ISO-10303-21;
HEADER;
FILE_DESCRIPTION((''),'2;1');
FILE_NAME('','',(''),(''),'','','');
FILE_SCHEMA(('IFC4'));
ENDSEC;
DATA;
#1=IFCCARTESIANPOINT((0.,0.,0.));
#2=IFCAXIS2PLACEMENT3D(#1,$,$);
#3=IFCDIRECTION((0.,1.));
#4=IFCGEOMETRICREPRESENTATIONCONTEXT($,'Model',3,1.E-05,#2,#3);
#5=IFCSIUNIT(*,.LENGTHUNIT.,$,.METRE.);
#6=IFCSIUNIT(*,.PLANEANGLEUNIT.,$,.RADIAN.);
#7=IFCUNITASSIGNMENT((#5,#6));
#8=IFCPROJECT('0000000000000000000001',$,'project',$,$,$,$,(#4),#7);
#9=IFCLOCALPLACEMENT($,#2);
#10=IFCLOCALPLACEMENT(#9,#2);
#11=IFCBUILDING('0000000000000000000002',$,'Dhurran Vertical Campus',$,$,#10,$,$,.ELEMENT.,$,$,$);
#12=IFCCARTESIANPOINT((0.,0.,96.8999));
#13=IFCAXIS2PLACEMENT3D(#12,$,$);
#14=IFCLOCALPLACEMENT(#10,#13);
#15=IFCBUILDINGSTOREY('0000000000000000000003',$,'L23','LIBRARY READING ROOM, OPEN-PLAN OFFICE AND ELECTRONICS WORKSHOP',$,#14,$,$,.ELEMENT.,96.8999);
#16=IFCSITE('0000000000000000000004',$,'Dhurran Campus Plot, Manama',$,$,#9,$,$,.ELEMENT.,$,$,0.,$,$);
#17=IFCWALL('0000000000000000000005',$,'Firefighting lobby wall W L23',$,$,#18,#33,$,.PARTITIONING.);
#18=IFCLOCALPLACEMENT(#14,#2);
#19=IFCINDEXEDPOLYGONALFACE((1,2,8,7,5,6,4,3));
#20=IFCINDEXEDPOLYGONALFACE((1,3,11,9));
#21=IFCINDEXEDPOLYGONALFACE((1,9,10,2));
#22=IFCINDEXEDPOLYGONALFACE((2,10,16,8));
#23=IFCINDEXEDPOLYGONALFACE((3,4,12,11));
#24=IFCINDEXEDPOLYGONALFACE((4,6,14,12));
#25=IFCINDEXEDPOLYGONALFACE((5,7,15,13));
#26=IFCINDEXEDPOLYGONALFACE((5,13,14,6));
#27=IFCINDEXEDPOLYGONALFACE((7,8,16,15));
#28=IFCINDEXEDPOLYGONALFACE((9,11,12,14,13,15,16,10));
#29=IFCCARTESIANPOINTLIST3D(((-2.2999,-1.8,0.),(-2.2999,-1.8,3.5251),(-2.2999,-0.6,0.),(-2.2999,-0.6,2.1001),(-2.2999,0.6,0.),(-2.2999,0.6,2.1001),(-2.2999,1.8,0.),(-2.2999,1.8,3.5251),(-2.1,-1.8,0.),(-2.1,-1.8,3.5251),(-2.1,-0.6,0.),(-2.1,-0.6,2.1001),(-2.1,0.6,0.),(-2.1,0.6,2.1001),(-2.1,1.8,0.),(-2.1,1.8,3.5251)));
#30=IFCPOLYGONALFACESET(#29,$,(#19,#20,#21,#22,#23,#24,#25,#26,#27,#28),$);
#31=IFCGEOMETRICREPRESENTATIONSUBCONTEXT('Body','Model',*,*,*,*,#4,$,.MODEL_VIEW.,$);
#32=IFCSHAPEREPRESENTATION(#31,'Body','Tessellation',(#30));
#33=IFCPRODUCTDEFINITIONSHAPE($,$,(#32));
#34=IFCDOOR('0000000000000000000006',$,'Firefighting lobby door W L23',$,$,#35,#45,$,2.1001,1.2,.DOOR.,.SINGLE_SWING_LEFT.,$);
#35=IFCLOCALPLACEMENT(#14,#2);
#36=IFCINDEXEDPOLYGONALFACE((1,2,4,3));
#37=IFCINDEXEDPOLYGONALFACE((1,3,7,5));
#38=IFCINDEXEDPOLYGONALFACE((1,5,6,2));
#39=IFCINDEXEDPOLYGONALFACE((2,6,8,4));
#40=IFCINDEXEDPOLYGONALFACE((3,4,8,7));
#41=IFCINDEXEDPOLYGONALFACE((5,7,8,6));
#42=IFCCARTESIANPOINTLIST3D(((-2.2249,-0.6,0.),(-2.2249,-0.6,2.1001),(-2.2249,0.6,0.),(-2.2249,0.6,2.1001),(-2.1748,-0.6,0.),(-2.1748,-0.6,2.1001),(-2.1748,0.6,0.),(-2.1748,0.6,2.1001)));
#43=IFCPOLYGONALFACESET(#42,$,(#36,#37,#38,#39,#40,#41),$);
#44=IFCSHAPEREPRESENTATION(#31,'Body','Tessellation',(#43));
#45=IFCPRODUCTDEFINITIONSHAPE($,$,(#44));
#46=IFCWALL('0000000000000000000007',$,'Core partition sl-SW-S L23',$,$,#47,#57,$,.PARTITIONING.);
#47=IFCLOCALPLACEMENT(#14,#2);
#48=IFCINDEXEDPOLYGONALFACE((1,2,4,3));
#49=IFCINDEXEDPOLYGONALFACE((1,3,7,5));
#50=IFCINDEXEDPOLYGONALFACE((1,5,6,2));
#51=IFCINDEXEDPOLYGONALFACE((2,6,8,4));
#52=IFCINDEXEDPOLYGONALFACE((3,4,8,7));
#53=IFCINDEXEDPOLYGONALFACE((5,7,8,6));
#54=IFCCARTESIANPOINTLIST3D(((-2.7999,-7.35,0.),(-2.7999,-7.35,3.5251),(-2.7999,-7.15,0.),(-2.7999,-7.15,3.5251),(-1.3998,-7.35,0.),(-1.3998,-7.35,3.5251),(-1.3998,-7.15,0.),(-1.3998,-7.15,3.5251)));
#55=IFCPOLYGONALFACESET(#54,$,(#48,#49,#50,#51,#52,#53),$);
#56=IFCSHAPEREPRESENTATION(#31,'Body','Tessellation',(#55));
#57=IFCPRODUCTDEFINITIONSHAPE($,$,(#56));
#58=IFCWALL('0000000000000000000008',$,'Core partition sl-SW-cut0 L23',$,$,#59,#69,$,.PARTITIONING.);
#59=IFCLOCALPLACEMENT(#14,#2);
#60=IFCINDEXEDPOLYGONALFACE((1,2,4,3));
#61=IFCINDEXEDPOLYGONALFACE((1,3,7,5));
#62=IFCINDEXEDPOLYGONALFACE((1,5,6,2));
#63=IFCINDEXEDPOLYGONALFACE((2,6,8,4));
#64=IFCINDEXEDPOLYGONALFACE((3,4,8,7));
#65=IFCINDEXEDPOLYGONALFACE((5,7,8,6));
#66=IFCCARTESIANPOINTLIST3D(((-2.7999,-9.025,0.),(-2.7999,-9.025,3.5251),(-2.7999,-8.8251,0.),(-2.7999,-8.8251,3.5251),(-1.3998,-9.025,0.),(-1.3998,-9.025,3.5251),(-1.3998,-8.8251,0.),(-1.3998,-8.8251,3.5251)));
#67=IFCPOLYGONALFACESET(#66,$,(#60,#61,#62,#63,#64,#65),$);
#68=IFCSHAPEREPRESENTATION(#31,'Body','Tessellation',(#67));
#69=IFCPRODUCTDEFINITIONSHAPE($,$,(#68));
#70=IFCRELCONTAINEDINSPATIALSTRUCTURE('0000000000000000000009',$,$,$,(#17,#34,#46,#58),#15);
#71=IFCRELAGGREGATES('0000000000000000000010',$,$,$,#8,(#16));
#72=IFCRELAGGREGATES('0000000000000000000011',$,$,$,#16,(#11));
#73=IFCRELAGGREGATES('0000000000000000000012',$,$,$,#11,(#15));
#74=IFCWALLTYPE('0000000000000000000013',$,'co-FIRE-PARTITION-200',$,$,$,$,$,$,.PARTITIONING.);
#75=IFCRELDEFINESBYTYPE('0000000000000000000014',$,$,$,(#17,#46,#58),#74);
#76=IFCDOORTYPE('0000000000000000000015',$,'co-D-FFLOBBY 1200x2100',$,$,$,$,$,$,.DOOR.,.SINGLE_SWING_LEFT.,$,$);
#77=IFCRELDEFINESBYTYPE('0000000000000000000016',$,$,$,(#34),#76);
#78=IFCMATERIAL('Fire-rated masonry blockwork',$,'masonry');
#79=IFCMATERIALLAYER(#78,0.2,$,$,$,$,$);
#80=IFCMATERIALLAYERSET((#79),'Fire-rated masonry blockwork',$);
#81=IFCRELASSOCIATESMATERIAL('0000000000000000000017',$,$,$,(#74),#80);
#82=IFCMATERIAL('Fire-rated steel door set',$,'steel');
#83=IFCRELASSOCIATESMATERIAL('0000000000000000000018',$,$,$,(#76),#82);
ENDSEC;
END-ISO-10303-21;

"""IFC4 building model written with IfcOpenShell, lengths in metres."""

from ifc_helpers import new_model, si_unit, direction, frame, frame_2d, origin, place, context, subcontext, project, spatial, rectangle, extrude, material, layer, layer_set, type_object, element, fill, save


model = new_model("IFC4")

# Units and contexts
model_context = context("Model", 3, precision=1e-05, world=origin(), true_north=direction((0.0, 1.0)))
body_context = subcontext(model_context, "Body", "Model", "MODEL_VIEW")
ifc_project = project(units=[si_unit("LENGTHUNIT", "METRE"), si_unit("PLANEANGLEUNIT", "RADIAN")], contexts=[model_context])

# Site, building, storey
site_placement = place(None, origin())
site = spatial("IfcSite", under=ifc_project, at=site_placement, Name="Dhurran Campus Plot, Manama", CompositionType="ELEMENT", RefElevation=0.0)
building_placement = place(site_placement, origin())
building = spatial("IfcBuilding", under=site, at=building_placement, Name="Dhurran Vertical Campus", CompositionType="ELEMENT")
storey_placement = place(building_placement, frame((0.0, 0.0, 96.8999)))
storey = spatial("IfcBuildingStorey", under=building, at=storey_placement, Name="L23", Description="LIBRARY READING ROOM, OPEN-PLAN OFFICE AND ELECTRONICS WORKSHOP", CompositionType="ELEMENT", Elevation=96.8999)

# Wall, opening, door
ifc_material_1 = material(Name="Fire-rated masonry blockwork", Category="masonry")
ifc_layer_1 = layer(ifc_material_1, 0.2)
ifc_layer_set_1 = layer_set([ifc_layer_1], Name="Fire-rated masonry blockwork")
wall_type_1 = type_object("IfcWallType", Name="co-FIRE-PARTITION-200", PredefinedType="PARTITIONING", material=ifc_layer_set_1)
wall_1_placement = place(storey_placement, frame((-2.2, -1.8, 0.0), z_axis=(0.0, 0.0, 1.0), x_axis=(0.0, 1.0, 0.0)))
wall_1 = element("IfcWall", 1, at=wall_1_placement, inside=storey, type_object=wall_type_1, Name="Firefighting lobby wall W L23", PredefinedType="PARTITIONING", context=body_context, shape_type="SweptSolid", body=[
    extrude(rectangle(XDim=3.6001, YDim=0.2, at=frame_2d((1.8, 0.0))), origin(), (0.0, 0.0, 1.0), 3.5251),
])
opening_1_placement = place(wall_1_placement, frame((1.2, 0.0, 0.0)))
opening_1 = element("IfcOpeningElement", 2, at=opening_1_placement, cuts=wall_1, PredefinedType="OPENING", context=body_context, shape_type="SweptSolid", body=[
    extrude(rectangle(XDim=1.2, YDim=2.1001, at=frame_2d((0.6001, 1.05))), frame((0.0, 0.1099, 0.0), z_axis=(0.0, -1.0, 0.0), x_axis=(1.0, 0.0, 0.0)), (0.0, 0.0, 1.0), 0.22),
])
ifc_material_2 = material(Name="Fire-rated steel door set", Category="steel")
door_type_1 = type_object("IfcDoorType", Name="co-D-FFLOBBY 1200x2100", OperationType="SINGLE_SWING_LEFT", PredefinedType="DOOR", material=ifc_material_2)
door_1_placement = place(opening_1_placement, origin())
door_1 = element("IfcDoor", 3, at=door_1_placement, inside=storey, type_object=door_type_1, Name="Firefighting lobby door W L23", OperationType="SINGLE_SWING_LEFT", OverallHeight=2.1001, OverallWidth=1.2, PredefinedType="DOOR", context=body_context, shape_type="SweptSolid", body=[
    extrude(rectangle(XDim=1.2, YDim=2.1001, at=frame_2d((0.6001, 1.05))), frame((0.0, 0.0249, 0.0), z_axis=(0.0, -1.0, 0.0), x_axis=(1.0, 0.0, 0.0)), (0.0, 0.0, 1.0), 0.05),
])
fill(opening_1, door_1)

# Walls
for number, where, z_axis, x_axis, name in (
    (4, (-2.8, -7.25, 0.0), (0.0, 0.0, 1.0), (1.0, 0.0, 0.0), "Core partition sl-SW-S L23"),
    (5, (-2.8, -8.925, 0.0), (0.0, 0.0, 1.0), (1.0, 0.0, 0.0), "Core partition sl-SW-cut0 L23"),
):
    element("IfcWall", number, at=place(storey_placement, frame(where, z_axis=z_axis, x_axis=x_axis)), inside=storey, type_object=wall_type_1, Name=name, PredefinedType="PARTITIONING", context=body_context, shape_type="SweptSolid", body=[
        extrude(rectangle(XDim=1.4001, YDim=0.2, at=frame_2d((0.7002, 0.0))), origin(), (0.0, 0.0, 1.0), 3.5251),
    ])

save(model, "model.ifc")
